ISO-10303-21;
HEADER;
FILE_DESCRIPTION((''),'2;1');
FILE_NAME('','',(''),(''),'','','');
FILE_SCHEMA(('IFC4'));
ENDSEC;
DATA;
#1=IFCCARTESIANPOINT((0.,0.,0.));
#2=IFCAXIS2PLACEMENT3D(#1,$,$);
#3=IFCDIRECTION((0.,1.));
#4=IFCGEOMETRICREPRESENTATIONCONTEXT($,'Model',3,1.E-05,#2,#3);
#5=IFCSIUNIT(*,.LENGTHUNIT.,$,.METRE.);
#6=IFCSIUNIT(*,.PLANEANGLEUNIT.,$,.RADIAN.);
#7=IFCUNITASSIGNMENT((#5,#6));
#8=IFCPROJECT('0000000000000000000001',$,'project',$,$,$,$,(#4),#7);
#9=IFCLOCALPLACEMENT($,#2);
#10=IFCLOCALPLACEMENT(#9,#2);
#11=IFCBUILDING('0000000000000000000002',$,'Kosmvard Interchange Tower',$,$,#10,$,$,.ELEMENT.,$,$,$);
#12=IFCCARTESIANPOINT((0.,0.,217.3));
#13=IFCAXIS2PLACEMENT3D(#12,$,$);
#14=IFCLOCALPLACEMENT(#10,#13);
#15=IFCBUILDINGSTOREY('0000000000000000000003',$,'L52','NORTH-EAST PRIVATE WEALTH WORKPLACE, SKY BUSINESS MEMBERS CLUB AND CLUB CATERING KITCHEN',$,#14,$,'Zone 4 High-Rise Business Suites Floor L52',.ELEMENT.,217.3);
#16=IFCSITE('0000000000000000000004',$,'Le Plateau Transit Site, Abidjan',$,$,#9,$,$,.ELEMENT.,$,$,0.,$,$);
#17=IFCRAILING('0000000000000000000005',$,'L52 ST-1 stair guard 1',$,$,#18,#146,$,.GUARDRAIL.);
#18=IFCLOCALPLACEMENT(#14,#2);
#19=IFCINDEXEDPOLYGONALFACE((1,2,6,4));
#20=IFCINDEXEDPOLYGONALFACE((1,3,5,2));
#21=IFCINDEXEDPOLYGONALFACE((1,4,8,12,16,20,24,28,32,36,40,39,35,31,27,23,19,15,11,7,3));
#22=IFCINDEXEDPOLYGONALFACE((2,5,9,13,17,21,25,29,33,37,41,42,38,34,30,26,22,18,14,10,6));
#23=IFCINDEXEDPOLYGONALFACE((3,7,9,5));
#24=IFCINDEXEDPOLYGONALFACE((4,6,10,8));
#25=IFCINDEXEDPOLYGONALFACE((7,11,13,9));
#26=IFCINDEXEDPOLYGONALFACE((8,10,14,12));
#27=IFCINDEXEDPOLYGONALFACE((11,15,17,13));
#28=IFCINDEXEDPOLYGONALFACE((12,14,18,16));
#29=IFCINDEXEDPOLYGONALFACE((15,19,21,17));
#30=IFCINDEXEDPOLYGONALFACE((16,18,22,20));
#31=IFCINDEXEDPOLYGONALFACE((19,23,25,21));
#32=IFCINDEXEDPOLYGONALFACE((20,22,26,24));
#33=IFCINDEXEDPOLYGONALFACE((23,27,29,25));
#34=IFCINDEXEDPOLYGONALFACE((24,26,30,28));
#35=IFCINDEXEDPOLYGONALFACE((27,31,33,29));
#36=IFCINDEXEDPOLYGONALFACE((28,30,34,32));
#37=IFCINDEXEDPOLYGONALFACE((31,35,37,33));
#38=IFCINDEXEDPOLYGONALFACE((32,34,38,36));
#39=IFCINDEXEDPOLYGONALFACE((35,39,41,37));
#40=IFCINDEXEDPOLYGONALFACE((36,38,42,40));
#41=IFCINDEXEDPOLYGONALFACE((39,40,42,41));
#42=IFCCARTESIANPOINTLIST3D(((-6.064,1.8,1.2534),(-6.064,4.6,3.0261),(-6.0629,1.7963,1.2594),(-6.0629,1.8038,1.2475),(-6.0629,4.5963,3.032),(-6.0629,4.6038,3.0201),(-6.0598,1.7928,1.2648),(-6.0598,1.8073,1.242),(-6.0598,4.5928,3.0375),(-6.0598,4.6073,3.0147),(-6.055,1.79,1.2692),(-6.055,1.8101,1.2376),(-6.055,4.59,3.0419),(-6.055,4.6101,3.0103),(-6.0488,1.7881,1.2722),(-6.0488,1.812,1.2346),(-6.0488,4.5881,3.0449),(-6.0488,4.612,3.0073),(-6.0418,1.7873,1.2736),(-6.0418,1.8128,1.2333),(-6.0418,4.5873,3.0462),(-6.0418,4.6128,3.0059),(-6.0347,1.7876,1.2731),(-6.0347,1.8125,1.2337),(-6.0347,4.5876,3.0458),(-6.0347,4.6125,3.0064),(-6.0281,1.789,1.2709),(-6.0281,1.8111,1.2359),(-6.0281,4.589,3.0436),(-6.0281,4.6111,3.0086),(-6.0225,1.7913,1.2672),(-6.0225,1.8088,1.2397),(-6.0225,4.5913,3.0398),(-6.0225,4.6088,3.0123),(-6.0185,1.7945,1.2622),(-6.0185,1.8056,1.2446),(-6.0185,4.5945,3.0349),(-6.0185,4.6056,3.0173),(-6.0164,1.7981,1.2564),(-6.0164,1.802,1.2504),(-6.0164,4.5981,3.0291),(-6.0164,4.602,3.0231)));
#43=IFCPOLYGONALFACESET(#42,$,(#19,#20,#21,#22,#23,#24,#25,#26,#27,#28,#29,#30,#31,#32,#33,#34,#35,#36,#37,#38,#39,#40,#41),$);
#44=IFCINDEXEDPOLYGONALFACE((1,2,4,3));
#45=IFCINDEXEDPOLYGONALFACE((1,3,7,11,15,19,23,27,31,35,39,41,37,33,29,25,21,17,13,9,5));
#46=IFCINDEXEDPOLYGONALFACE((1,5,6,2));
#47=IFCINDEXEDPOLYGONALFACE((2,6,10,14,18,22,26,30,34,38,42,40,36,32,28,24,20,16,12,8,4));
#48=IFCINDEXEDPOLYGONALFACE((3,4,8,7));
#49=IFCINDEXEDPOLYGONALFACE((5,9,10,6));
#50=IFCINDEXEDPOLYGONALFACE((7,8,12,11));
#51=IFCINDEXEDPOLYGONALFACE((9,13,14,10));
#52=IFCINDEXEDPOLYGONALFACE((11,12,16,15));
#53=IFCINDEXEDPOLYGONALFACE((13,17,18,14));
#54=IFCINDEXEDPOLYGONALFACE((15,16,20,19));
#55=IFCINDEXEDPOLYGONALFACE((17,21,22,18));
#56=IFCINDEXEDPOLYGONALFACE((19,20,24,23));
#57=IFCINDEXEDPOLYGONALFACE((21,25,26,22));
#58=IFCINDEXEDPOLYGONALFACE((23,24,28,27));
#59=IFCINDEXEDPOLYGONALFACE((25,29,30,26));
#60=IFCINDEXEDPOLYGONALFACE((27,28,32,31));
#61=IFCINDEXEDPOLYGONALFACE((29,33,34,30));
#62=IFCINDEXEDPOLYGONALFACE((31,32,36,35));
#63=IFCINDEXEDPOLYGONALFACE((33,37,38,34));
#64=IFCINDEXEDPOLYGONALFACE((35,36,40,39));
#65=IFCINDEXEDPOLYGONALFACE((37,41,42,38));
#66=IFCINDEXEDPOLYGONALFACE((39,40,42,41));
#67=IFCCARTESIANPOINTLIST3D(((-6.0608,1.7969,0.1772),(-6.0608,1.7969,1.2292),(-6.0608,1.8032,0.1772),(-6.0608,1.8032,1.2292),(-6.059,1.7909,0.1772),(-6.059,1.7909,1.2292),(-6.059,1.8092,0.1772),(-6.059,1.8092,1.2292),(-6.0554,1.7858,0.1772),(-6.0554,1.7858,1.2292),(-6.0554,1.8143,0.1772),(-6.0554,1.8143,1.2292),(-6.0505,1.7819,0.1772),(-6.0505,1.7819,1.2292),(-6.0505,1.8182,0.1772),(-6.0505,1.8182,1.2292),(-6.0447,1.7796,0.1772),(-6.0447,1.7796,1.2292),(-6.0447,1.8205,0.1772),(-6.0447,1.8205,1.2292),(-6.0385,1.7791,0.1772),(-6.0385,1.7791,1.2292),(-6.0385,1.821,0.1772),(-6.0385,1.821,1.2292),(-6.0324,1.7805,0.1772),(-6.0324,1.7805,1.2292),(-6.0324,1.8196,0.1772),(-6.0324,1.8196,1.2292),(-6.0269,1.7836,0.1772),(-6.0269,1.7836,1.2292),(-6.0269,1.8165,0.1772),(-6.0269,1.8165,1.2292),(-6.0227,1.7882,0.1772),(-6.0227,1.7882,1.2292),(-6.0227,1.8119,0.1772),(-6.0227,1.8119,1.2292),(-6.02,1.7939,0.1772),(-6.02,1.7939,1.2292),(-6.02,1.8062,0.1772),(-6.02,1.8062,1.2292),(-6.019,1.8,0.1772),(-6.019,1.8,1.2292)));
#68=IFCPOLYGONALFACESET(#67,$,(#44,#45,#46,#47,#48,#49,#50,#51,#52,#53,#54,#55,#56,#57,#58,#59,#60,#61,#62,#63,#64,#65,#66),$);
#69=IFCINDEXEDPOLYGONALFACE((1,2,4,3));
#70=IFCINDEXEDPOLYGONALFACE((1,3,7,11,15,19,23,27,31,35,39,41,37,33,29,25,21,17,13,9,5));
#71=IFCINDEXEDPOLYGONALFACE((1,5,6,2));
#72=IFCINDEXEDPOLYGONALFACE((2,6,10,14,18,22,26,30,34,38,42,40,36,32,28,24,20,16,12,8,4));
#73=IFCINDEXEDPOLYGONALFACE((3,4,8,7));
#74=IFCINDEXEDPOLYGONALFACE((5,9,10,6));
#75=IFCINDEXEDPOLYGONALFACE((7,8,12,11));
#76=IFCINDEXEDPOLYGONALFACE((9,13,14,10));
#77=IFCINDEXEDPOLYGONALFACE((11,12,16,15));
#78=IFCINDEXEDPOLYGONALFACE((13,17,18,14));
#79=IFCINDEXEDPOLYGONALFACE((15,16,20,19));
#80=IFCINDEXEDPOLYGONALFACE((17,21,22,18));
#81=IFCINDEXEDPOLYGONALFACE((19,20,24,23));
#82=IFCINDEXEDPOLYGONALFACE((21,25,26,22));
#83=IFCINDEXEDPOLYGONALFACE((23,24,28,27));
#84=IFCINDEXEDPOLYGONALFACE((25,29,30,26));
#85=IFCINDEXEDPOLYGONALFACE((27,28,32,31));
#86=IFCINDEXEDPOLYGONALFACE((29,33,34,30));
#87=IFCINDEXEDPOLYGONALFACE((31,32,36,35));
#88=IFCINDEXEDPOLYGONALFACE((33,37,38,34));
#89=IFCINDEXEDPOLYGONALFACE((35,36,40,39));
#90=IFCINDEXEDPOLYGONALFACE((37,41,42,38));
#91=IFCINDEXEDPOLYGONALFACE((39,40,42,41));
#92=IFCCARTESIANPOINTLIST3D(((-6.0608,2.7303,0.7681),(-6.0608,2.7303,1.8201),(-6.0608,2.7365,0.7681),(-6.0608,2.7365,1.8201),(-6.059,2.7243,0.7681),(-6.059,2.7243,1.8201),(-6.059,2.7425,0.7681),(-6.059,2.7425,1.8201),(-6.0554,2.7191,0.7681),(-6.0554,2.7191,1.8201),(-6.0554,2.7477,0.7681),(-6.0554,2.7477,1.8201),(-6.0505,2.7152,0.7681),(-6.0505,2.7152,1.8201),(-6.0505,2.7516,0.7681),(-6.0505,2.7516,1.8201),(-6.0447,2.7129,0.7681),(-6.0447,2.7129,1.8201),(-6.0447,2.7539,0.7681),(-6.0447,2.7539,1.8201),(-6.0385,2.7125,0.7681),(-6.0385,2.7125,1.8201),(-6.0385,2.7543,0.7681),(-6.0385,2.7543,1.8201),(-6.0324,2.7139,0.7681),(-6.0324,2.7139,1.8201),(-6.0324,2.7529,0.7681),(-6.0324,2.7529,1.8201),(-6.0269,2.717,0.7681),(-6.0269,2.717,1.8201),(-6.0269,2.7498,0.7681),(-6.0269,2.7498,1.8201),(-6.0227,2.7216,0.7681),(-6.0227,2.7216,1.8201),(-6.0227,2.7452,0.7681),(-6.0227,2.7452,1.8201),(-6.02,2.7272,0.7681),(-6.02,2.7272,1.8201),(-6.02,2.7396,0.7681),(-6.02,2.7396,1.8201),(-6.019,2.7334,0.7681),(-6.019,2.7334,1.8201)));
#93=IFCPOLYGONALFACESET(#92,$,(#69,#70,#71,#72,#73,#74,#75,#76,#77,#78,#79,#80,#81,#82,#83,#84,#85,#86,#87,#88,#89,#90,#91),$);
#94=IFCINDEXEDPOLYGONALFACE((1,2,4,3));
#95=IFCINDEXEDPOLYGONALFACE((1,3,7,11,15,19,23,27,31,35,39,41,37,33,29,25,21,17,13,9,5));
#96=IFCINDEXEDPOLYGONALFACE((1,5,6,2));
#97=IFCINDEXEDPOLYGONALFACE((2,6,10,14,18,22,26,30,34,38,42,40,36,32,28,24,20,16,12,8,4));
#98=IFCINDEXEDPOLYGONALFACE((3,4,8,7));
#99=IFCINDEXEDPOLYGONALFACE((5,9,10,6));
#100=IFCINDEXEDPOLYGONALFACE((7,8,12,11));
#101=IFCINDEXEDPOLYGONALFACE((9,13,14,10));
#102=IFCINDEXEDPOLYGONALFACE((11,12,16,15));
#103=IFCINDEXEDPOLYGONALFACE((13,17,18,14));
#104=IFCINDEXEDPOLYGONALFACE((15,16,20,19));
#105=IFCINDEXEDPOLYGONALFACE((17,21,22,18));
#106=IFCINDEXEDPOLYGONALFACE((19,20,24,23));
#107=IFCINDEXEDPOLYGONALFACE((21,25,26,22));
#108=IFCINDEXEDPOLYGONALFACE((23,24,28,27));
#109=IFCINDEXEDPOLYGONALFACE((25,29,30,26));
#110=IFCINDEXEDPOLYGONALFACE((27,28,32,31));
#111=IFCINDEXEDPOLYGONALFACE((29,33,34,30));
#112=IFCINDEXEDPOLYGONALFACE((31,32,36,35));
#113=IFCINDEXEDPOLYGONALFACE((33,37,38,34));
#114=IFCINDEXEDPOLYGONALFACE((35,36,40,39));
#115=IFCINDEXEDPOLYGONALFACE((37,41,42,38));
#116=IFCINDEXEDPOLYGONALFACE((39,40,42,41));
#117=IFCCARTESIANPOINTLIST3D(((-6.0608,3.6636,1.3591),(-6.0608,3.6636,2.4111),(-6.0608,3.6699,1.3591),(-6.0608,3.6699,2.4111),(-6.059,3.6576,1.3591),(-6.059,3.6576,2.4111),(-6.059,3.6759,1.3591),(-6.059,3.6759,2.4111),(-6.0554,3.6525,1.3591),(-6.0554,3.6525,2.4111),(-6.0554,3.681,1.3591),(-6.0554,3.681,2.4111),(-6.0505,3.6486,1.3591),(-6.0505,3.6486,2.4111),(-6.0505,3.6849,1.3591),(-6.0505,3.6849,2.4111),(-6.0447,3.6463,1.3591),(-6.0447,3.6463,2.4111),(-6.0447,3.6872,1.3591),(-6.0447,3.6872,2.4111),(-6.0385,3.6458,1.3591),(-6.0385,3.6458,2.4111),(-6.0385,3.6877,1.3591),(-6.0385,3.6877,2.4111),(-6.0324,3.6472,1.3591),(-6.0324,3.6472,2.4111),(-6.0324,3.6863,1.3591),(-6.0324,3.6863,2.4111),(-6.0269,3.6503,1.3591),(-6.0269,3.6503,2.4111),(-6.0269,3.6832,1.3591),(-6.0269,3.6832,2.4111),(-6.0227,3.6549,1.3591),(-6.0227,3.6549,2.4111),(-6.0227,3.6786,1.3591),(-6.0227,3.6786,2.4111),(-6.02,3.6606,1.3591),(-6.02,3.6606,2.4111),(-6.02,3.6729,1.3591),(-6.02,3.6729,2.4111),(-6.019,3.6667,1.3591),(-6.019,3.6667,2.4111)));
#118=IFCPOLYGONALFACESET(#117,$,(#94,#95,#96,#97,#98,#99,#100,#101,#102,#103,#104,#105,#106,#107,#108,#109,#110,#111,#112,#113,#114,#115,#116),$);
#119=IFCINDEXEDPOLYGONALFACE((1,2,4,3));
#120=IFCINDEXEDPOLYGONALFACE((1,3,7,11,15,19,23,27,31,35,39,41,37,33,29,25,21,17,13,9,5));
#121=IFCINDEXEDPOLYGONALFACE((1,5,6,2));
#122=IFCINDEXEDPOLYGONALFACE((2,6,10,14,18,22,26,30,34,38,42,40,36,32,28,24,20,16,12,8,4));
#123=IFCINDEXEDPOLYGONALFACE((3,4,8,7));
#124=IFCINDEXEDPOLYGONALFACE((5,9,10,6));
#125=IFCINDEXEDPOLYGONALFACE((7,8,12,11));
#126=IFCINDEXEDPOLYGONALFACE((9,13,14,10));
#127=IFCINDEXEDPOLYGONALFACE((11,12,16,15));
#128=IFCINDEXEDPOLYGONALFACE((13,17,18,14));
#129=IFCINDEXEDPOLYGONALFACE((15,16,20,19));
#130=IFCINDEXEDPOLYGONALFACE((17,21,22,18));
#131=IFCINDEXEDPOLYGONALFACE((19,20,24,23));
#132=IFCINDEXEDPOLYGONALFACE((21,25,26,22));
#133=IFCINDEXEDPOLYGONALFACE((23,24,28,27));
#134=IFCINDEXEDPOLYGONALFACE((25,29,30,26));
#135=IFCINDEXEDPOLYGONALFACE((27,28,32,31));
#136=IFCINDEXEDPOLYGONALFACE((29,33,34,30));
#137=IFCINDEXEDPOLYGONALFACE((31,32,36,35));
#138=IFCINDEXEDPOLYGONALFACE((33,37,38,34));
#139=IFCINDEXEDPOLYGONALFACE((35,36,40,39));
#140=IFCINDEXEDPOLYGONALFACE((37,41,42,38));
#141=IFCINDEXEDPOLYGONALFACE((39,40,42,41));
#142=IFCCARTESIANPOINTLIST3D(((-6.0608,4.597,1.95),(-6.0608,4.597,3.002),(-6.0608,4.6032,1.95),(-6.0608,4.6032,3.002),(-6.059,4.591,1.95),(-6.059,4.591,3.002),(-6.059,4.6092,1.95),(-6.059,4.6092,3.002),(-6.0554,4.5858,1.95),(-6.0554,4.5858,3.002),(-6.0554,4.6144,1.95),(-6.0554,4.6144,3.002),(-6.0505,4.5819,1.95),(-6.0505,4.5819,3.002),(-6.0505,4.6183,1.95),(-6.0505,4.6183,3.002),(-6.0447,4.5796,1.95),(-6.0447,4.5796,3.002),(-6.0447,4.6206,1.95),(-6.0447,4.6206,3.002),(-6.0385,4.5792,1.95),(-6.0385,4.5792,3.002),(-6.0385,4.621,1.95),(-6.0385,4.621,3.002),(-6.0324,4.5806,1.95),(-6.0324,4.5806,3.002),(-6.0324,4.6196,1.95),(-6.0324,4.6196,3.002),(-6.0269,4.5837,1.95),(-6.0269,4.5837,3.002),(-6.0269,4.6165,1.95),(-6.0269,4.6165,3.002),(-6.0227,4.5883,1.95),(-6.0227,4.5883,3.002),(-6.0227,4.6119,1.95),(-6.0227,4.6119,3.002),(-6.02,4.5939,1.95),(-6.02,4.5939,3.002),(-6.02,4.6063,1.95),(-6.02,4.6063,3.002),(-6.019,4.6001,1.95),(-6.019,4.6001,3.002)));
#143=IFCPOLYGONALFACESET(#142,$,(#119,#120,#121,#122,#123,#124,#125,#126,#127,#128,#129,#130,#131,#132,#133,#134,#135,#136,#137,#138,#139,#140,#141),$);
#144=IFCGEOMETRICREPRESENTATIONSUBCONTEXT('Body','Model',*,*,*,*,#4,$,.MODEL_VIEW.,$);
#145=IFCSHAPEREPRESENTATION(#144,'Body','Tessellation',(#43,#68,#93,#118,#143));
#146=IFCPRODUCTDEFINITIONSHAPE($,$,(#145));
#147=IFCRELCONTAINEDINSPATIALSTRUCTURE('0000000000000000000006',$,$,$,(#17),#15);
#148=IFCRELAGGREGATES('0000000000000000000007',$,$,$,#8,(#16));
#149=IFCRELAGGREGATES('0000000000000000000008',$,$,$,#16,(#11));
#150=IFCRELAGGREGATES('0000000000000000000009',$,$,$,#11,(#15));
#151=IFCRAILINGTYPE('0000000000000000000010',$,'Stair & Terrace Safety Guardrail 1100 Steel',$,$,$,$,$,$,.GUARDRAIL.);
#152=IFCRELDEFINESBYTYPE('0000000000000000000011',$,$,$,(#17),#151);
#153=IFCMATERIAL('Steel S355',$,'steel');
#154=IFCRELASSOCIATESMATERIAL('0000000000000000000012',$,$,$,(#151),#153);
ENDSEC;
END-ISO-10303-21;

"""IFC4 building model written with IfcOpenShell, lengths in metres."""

from ifc_helpers import new_model, si_unit, direction, frame, origin, origin_2d, place, context, subcontext, project, spatial, circle, extrude, source, transform, mapped, material, type_object, element, save


model = new_model("IFC4")

# Units and contexts
model_context = context("Model", 3, precision=1e-05, world=origin(), true_north=direction((0.0, 1.0)))
body_context = subcontext(model_context, "Body", "Model", "MODEL_VIEW")
ifc_project = project(units=[si_unit("LENGTHUNIT", "METRE"), si_unit("PLANEANGLEUNIT", "RADIAN")], contexts=[model_context])

# Site, building, storey
site_placement = place(None, origin())
site = spatial("IfcSite", under=ifc_project, at=site_placement, Name="Le Plateau Transit Site, Abidjan", CompositionType="ELEMENT", RefElevation=0.0)
building_placement = place(site_placement, origin())
building = spatial("IfcBuilding", under=site, at=building_placement, Name="Kosmvard Interchange Tower", CompositionType="ELEMENT")
storey_placement = place(building_placement, frame((0.0, 0.0, 217.3)))
storey = spatial("IfcBuildingStorey", under=building, at=storey_placement, Name="L52", Description="NORTH-EAST PRIVATE WEALTH WORKPLACE, SKY BUSINESS MEMBERS CLUB AND CLUB CATERING KITCHEN", LongName="Zone 4 High-Rise Business Suites Floor L52", CompositionType="ELEMENT", Elevation=217.3)

# Railing
ifc_material_1 = material(Name="Steel S355", Category="steel")
railing_type_1 = type_object("IfcRailingType", Name="Stair & Terrace Safety Guardrail 1100 Steel", PredefinedType="GUARDRAIL", material=ifc_material_1)
shared_shape_1 = source(origin(), body_context, "Body", "SweptSolid", [
    extrude(circle(Radius=0.0239, at=origin_2d()), frame((0.0, 0.0, 1.0762), z_axis=(0.0, 0.844909, 0.53491), x_axis=(-1.0, 0.0, 0.0)), (0.0, 0.0, 1.0), 3.314),
    extrude(circle(Radius=0.021, at=origin_2d()), origin(), (0.0, 0.0, 1.0), 1.052),
    extrude(circle(Radius=0.021, at=origin_2d()), frame((0.0, 0.9333, 0.5908)), (0.0, 0.0, 1.0), 1.052),
    extrude(circle(Radius=0.021, at=origin_2d()), frame((0.0, 1.8667, 1.1819)), (0.0, 0.0, 1.0), 1.052),
    extrude(circle(Radius=0.021, at=origin_2d()), frame((0.0, 2.8, 1.7727)), (0.0, 0.0, 1.0), 1.052),
])
railing_1_placement = place(storey_placement, frame((-6.04, 1.8, 0.1772)))
element("IfcRailing", 1, at=railing_1_placement, inside=storey, type_object=railing_type_1, Name="L52 ST-1 stair guard 1", PredefinedType="GUARDRAIL", context=body_context, shape_type="MappedRepresentation", body=[
    mapped(shared_shape_1, transform((0.0, 0.0, 0.0), scale=1.0)),
])

save(model, "model.ifc")
